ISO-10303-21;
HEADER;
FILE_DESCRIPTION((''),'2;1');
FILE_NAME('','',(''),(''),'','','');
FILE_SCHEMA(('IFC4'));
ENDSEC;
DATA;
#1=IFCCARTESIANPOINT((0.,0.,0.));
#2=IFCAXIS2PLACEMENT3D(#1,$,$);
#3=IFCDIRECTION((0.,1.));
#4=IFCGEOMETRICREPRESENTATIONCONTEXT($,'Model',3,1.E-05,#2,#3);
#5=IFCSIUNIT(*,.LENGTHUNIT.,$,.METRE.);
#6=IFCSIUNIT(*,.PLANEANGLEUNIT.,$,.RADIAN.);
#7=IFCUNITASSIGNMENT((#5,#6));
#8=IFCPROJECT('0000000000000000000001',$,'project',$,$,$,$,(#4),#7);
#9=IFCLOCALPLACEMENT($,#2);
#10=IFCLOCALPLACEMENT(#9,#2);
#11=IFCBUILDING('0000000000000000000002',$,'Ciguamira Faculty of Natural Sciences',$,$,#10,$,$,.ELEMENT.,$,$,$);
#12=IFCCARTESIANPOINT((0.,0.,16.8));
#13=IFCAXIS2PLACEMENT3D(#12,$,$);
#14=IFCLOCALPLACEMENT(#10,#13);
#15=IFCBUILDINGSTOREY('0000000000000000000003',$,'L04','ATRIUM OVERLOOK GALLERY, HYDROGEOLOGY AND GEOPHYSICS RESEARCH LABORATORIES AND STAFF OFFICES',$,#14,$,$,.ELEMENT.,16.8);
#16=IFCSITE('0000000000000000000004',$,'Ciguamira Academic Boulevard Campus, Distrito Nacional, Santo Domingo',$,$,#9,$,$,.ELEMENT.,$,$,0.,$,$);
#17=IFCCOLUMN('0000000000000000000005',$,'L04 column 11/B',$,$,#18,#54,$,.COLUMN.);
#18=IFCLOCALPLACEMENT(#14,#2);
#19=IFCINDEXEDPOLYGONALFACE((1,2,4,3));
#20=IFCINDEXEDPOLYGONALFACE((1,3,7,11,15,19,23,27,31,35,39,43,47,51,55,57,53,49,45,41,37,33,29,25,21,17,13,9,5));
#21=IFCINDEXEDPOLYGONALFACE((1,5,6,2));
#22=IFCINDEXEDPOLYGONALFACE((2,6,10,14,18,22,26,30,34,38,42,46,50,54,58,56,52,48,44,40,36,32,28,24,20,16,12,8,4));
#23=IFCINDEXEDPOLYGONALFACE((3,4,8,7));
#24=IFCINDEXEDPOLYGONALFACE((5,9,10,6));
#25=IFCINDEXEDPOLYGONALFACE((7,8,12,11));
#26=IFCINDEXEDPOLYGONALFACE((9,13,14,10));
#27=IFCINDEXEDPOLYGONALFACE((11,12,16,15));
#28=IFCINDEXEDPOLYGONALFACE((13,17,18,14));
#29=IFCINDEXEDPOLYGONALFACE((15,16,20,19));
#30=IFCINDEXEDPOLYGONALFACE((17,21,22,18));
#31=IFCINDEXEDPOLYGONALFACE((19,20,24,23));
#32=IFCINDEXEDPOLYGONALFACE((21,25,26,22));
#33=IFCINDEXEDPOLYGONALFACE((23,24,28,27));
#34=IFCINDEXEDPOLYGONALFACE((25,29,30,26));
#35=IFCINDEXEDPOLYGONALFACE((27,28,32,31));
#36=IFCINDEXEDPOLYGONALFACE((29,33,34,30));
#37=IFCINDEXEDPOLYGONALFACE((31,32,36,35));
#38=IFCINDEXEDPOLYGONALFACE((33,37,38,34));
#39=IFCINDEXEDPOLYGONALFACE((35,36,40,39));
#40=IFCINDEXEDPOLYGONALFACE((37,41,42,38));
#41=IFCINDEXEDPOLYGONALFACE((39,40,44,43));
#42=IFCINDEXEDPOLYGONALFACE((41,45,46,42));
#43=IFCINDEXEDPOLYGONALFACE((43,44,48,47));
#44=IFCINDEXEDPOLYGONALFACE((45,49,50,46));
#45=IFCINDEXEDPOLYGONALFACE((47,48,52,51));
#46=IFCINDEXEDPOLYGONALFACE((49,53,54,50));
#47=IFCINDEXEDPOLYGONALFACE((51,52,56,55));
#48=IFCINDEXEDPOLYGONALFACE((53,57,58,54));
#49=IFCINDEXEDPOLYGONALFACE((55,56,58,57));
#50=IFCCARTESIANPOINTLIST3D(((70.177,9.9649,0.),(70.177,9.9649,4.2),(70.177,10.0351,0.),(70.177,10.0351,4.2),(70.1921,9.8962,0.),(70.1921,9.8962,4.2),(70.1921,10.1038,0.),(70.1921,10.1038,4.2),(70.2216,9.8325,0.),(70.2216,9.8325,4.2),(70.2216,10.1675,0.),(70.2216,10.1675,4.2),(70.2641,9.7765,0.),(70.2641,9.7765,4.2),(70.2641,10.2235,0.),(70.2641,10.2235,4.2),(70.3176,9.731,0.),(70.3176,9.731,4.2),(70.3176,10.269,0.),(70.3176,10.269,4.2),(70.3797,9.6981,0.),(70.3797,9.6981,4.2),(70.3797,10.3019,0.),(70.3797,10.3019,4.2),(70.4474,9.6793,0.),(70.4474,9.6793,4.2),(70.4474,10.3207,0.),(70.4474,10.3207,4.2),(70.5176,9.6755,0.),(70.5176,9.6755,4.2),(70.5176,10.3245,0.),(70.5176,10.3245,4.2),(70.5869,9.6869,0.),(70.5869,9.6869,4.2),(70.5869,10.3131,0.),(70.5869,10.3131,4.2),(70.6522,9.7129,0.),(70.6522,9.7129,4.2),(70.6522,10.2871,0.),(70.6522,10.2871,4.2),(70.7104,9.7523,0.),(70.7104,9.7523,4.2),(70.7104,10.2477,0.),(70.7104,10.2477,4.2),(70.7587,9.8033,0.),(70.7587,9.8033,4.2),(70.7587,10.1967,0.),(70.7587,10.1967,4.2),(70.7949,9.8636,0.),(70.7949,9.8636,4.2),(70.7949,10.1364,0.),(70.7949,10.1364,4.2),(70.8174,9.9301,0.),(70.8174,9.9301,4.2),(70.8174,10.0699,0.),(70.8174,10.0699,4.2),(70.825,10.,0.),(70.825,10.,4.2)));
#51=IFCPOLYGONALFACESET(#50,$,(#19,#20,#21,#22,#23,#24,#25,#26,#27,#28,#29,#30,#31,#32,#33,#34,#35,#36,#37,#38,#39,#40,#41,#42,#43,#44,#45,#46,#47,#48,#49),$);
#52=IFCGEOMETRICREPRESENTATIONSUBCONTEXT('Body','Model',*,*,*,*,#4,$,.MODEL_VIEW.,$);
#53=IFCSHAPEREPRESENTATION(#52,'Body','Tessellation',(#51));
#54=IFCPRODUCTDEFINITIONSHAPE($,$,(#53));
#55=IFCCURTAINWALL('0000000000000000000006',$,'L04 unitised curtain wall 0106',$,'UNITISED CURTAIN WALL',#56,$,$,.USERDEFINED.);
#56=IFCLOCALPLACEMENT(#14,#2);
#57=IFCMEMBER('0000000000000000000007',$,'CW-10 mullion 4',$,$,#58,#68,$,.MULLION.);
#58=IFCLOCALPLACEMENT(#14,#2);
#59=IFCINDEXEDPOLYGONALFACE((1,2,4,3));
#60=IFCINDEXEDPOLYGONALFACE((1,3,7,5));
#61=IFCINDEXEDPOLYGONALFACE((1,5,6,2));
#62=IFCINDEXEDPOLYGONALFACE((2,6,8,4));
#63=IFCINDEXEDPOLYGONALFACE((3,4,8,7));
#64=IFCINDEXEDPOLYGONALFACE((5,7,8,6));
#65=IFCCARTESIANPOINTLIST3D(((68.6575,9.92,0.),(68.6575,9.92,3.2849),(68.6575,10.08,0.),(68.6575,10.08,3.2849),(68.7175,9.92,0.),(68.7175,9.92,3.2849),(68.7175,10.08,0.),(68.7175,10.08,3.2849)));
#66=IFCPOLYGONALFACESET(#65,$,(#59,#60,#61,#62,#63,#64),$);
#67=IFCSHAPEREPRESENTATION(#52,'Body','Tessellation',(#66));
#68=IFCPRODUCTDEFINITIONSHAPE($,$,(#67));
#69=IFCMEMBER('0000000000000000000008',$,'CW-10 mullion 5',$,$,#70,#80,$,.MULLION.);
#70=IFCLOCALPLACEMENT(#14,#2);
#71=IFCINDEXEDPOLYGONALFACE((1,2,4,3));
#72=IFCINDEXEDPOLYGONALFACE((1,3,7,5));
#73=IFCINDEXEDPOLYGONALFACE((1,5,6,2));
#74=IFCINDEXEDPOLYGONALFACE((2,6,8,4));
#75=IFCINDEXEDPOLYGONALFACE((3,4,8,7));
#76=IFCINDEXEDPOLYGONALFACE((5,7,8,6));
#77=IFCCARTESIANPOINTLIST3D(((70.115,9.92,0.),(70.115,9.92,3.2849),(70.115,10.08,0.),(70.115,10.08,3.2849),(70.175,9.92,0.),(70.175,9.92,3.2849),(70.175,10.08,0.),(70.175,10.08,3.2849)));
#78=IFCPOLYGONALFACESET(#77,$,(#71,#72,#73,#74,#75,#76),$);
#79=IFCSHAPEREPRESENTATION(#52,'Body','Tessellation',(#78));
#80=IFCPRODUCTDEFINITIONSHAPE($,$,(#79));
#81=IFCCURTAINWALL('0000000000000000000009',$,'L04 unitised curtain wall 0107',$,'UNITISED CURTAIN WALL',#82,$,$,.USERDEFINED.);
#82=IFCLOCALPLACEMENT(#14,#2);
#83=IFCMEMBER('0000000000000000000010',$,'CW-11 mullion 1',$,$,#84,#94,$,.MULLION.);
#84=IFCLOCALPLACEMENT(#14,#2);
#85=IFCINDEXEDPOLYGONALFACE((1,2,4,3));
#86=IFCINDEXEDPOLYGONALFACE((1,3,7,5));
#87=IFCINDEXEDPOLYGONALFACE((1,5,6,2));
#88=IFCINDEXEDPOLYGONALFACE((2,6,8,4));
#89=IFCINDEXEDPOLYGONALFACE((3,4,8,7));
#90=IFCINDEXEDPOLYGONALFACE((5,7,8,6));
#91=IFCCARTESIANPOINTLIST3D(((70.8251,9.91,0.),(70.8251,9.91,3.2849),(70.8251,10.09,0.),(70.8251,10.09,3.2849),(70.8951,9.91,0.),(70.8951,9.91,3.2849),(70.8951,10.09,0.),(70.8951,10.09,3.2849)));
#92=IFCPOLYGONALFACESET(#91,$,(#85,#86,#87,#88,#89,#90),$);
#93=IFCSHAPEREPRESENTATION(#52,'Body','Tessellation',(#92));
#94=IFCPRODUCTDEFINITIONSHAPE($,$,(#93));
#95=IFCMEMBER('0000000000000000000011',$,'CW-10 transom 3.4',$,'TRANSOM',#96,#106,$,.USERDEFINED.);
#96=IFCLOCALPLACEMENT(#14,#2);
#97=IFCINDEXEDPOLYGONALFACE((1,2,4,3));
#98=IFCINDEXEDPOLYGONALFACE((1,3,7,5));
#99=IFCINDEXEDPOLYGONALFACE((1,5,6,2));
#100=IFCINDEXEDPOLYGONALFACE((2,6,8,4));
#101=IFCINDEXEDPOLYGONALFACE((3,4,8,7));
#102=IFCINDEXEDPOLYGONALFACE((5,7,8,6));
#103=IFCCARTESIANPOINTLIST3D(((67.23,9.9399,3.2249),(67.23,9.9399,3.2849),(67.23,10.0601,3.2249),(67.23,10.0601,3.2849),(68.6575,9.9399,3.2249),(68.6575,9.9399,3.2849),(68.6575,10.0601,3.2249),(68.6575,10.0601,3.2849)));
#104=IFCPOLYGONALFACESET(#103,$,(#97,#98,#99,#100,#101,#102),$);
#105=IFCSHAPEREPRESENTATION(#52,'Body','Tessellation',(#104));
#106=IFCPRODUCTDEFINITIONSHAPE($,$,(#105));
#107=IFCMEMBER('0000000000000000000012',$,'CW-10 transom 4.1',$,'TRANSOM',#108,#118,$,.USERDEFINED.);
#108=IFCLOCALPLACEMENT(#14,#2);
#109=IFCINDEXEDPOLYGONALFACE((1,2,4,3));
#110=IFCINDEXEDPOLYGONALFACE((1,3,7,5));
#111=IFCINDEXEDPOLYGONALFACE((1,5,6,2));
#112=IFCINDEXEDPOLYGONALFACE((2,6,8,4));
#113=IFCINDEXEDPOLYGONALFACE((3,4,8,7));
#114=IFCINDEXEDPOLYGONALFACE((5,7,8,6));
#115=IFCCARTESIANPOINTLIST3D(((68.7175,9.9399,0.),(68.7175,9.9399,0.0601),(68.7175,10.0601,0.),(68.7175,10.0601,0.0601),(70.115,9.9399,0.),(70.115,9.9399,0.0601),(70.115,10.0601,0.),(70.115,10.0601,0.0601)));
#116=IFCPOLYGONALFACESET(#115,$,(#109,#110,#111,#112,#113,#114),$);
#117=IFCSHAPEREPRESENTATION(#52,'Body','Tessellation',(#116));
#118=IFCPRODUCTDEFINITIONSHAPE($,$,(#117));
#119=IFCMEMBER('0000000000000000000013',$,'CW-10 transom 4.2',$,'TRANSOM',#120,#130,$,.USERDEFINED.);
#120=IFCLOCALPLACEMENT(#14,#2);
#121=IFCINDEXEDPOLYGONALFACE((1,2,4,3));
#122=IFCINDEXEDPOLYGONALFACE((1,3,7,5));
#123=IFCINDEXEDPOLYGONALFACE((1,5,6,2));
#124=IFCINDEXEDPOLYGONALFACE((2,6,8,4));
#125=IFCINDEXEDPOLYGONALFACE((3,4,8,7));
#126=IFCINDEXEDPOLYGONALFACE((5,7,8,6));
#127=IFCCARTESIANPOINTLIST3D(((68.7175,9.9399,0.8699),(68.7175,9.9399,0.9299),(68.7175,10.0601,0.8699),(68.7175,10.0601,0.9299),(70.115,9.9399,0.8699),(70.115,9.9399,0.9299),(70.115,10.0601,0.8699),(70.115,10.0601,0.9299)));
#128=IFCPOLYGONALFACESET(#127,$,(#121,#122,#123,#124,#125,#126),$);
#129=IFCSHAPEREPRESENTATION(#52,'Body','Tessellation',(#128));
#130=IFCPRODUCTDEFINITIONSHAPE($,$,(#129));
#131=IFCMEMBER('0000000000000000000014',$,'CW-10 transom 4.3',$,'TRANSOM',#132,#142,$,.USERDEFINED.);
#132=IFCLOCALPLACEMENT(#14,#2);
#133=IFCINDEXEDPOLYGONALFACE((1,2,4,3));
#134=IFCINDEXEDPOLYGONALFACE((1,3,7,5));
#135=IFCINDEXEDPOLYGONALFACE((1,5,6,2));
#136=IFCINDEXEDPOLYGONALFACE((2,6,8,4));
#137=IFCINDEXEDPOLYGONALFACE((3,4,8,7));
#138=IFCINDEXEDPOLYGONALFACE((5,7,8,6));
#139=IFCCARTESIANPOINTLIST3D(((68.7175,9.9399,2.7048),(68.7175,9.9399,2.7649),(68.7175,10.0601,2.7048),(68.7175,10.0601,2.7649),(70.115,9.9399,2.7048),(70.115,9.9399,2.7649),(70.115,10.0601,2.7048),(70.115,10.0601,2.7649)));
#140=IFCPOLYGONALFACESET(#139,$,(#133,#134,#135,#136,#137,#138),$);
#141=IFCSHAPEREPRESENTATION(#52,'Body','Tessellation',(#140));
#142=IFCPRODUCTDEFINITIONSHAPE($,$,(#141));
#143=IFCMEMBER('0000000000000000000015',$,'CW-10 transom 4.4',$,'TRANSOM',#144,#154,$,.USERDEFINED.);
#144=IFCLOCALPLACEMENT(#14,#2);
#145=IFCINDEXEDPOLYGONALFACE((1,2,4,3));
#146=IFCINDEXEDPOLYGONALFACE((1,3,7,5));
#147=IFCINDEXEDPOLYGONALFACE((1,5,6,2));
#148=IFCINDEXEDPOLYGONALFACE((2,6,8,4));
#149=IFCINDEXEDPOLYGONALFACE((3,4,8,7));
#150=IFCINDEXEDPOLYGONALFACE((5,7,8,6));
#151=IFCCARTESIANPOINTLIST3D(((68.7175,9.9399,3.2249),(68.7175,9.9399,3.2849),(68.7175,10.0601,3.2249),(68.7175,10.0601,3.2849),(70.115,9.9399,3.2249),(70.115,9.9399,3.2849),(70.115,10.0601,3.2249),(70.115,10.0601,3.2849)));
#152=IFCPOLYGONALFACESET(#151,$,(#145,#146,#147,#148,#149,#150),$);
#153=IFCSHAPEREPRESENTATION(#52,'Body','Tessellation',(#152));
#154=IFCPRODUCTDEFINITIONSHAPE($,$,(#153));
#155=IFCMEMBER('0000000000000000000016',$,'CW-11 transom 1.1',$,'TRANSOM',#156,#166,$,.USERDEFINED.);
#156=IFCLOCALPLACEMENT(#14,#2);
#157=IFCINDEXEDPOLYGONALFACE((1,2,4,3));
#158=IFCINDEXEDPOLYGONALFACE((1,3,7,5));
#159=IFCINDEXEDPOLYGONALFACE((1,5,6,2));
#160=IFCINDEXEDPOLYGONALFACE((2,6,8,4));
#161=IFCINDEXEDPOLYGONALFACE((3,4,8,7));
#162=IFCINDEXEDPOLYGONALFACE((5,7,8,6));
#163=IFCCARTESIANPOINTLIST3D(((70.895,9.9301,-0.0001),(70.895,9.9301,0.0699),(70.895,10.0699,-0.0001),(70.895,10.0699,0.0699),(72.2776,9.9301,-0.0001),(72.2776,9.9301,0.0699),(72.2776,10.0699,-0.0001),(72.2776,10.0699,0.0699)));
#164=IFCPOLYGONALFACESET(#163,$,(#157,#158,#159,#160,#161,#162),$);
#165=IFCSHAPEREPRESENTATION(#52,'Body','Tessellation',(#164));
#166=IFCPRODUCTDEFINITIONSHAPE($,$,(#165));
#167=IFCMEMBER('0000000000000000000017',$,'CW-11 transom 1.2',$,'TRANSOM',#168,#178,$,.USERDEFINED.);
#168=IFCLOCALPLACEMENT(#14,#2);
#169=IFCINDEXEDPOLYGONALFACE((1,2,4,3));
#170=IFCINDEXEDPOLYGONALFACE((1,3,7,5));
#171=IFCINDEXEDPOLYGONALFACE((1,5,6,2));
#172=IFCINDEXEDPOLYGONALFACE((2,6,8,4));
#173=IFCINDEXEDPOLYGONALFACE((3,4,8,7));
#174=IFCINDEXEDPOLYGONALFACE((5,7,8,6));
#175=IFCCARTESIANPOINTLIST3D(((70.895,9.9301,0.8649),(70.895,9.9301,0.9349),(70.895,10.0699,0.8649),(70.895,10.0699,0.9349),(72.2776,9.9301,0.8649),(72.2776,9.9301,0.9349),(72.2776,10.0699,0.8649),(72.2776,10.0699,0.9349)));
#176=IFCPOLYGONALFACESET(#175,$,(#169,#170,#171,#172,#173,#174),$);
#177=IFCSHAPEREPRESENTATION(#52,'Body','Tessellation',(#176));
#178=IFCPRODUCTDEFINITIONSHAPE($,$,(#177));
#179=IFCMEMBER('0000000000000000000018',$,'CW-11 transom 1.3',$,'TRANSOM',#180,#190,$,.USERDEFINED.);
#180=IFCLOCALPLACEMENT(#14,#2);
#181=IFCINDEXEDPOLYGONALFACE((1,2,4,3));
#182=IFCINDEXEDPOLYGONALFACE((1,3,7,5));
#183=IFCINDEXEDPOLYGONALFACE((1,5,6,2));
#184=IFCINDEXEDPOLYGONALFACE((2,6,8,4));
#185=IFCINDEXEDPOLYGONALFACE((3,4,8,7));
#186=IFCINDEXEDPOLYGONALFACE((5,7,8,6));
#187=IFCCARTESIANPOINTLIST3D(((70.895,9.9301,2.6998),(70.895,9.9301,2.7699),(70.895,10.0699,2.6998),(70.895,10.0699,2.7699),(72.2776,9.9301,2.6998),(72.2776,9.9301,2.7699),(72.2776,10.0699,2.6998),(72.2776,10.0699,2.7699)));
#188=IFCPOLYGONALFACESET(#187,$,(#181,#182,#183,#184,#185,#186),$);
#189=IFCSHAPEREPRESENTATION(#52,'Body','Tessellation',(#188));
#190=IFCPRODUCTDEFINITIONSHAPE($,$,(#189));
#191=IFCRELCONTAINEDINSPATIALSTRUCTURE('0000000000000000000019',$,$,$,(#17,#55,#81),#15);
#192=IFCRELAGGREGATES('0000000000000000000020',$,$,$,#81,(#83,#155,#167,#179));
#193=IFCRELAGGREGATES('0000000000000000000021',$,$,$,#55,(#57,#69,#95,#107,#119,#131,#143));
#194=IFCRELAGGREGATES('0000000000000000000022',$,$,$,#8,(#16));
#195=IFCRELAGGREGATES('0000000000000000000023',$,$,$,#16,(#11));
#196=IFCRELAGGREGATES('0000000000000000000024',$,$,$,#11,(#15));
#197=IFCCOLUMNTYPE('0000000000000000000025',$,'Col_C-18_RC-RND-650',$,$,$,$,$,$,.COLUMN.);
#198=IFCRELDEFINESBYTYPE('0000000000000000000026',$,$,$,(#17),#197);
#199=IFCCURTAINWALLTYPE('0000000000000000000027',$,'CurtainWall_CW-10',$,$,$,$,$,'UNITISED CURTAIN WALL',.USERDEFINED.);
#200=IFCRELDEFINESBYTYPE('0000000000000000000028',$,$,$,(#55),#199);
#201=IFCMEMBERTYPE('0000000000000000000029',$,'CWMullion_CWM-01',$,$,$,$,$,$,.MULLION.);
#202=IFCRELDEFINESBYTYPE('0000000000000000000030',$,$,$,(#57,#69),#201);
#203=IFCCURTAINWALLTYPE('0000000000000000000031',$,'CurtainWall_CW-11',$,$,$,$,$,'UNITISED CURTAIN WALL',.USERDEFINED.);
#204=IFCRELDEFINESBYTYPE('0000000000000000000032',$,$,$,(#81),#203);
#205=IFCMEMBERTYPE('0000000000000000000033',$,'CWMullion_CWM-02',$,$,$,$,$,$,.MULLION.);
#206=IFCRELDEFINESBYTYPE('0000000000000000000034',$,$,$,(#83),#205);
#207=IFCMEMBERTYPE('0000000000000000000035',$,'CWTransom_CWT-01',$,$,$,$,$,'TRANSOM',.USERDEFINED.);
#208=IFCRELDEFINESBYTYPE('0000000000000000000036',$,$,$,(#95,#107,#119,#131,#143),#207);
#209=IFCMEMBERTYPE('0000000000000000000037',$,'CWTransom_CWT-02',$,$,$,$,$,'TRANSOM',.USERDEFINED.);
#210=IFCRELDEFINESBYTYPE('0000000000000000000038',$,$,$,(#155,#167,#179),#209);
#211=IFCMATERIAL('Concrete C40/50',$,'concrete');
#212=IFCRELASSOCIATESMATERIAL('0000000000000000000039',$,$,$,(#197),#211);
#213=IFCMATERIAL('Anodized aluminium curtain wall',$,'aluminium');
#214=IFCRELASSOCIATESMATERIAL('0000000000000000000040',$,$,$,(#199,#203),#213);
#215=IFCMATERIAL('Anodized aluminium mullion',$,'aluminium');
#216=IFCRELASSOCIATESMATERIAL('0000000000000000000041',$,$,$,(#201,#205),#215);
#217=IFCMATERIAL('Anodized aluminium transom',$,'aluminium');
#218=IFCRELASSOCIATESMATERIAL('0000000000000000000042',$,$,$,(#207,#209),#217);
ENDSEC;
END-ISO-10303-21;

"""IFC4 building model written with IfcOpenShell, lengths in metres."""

from ifc_helpers import new_model, si_unit, direction, frame, origin, origin_2d, place, context, subcontext, project, spatial, rectangle, circle, extrude, material, material_profile, profile_set, type_object, element, aggregate, save


model = new_model("IFC4")

# Units and contexts
model_context = context("Model", 3, precision=1e-05, world=origin(), true_north=direction((0.0, 1.0)))
body_context = subcontext(model_context, "Body", "Model", "MODEL_VIEW")
ifc_project = project(units=[si_unit("LENGTHUNIT", "METRE"), si_unit("PLANEANGLEUNIT", "RADIAN")], contexts=[model_context])

# Site, building, storey
site_placement = place(None, origin())
site = spatial("IfcSite", under=ifc_project, at=site_placement, Name="Ciguamira Academic Boulevard Campus, Distrito Nacional, Santo Domingo", CompositionType="ELEMENT", RefElevation=0.0)
building_placement = place(site_placement, origin())
building = spatial("IfcBuilding", under=site, at=building_placement, Name="Ciguamira Faculty of Natural Sciences", CompositionType="ELEMENT")
storey_placement = place(building_placement, frame((0.0, 0.0, 16.8)))
storey = spatial("IfcBuildingStorey", under=building, at=storey_placement, Name="L04", Description="ATRIUM OVERLOOK GALLERY, HYDROGEOLOGY AND GEOPHYSICS RESEARCH LABORATORIES AND STAFF OFFICES", CompositionType="ELEMENT", Elevation=16.8)

# Column
ifc_material_1 = material(Name="Concrete C40/50", Category="concrete")
ifc_material_profile_1 = material_profile(ifc_material_1, circle(Radius=0.325, at=origin_2d()), Name="RC-RND-650")
ifc_profile_set_1 = profile_set([ifc_material_profile_1], Name="Concrete C40/50")
column_type = type_object("IfcColumnType", Name="Col_C-18_RC-RND-650", PredefinedType="COLUMN", material=ifc_profile_set_1)
column_placement = place(storey_placement, frame((70.5, 10.0, 0.0), z_axis=(0.0, 0.0, 1.0), x_axis=(1.0, 0.0, 0.0)))
element("IfcColumn", 1, at=column_placement, inside=storey, type_object=column_type, Name="L04 column 11/B", PredefinedType="COLUMN", context=body_context, shape_type="SweptSolid", body=[
    extrude(circle(Radius=0.325, at=origin_2d()), origin(), (0.0, 0.0, 1.0), 4.2),
])

# Curtain wall, members
ifc_material_2 = material(Name="Anodized aluminium curtain wall", Category="aluminium")
curtain_wall_type_1 = type_object("IfcCurtainWallType", Name="CurtainWall_CW-10", ElementType="UNITISED CURTAIN WALL", PredefinedType="USERDEFINED", material=ifc_material_2)
curtain_wall_1_placement = place(storey_placement, origin())
curtain_wall_1 = element("IfcCurtainWall", 2, at=curtain_wall_1_placement, inside=storey, type_object=curtain_wall_type_1, Name="L04 unitised curtain wall 0106", ObjectType="UNITISED CURTAIN WALL", PredefinedType="USERDEFINED")
ifc_material_3 = material(Name="Anodized aluminium mullion", Category="aluminium")
ifc_material_profile_2 = material_profile(ifc_material_3, rectangle(XDim=0.0601, YDim=0.1599, at=origin_2d()), Name="ALU-MUL-60X160")
ifc_profile_set_2 = profile_set([ifc_material_profile_2], Name="Anodized aluminium mullion")
member_type_1 = type_object("IfcMemberType", Name="CWMullion_CWM-01", PredefinedType="MULLION", material=ifc_profile_set_2)
member_1_placement = place(storey_placement, frame((68.6875, 10.0, 0.0), z_axis=(0.0, 0.0, 1.0), x_axis=(1.0, 0.0, 0.0)))
member_1 = element("IfcMember", 3, at=member_1_placement, type_object=member_type_1, Name="CW-10 mullion 4", PredefinedType="MULLION", context=body_context, shape_type="SweptSolid", body=[
    extrude(rectangle(XDim=0.0601, YDim=0.1599, at=origin_2d()), origin(), (0.0, 0.0, 1.0), 3.2849),
])
member_2_placement = place(storey_placement, frame((70.145, 10.0, 0.0), z_axis=(0.0, 0.0, 1.0), x_axis=(1.0, 0.0, 0.0)))
member_2 = element("IfcMember", 4, at=member_2_placement, type_object=member_type_1, Name="CW-10 mullion 5", PredefinedType="MULLION", context=body_context, shape_type="SweptSolid", body=[
    extrude(rectangle(XDim=0.0601, YDim=0.1599, at=origin_2d()), origin(), (0.0, 0.0, 1.0), 3.2849),
])

# Curtain wall, member
curtain_wall_type_2 = type_object("IfcCurtainWallType", Name="CurtainWall_CW-11", ElementType="UNITISED CURTAIN WALL", PredefinedType="USERDEFINED", material=ifc_material_2)
curtain_wall_2_placement = place(storey_placement, origin())
curtain_wall_2 = element("IfcCurtainWall", 5, at=curtain_wall_2_placement, inside=storey, type_object=curtain_wall_type_2, Name="L04 unitised curtain wall 0107", ObjectType="UNITISED CURTAIN WALL", PredefinedType="USERDEFINED")
ifc_material_profile_3 = material_profile(ifc_material_3, rectangle(XDim=0.0701, YDim=0.1799, at=origin_2d()), Name="ALU-MUL-70X180")
ifc_profile_set_3 = profile_set([ifc_material_profile_3], Name="Anodized aluminium mullion")
member_type_2 = type_object("IfcMemberType", Name="CWMullion_CWM-02", PredefinedType="MULLION", material=ifc_profile_set_3)
member_3_placement = place(storey_placement, frame((70.8601, 10.0, 0.0), z_axis=(0.0, 0.0, 1.0), x_axis=(1.0, 0.0, 0.0)))
member_3 = element("IfcMember", 6, at=member_3_placement, type_object=member_type_2, Name="CW-11 mullion 1", PredefinedType="MULLION", context=body_context, shape_type="SweptSolid", body=[
    extrude(rectangle(XDim=0.0701, YDim=0.1799, at=origin_2d()), origin(), (0.0, 0.0, 1.0), 3.2849),
])

# Members
ifc_material_4 = material(Name="Anodized aluminium transom", Category="aluminium")
ifc_material_profile_4 = material_profile(ifc_material_4, rectangle(XDim=0.0601, YDim=0.1201, at=origin_2d()), Name="ALU-TRN-60X120")
ifc_profile_set_4 = profile_set([ifc_material_profile_4], Name="Anodized aluminium transom")
member_type_3 = type_object("IfcMemberType", Name="CWTransom_CWT-01", ElementType="TRANSOM", PredefinedType="USERDEFINED", material=ifc_profile_set_4)
member_4_placement = place(storey_placement, frame((67.23, 10.0, 3.2549), z_axis=(1.0, 0.0, 0.0), x_axis=(0.0, 0.0, 1.0)))
member_4 = element("IfcMember", 7, at=member_4_placement, type_object=member_type_3, Name="CW-10 transom 3.4", ObjectType="TRANSOM", PredefinedType="USERDEFINED", context=body_context, shape_type="SweptSolid", body=[
    extrude(rectangle(XDim=0.0601, YDim=0.1201, at=origin_2d()), origin(), (0.0, 0.0, 1.0), 1.4275),
])
member_5_placement = place(storey_placement, frame((68.7175, 10.0, 0.03), z_axis=(1.0, 0.0, 0.0), x_axis=(0.0, 0.0, 1.0)))
member_5 = element("IfcMember", 8, at=member_5_placement, type_object=member_type_3, Name="CW-10 transom 4.1", ObjectType="TRANSOM", PredefinedType="USERDEFINED", context=body_context, shape_type="SweptSolid", body=[
    extrude(rectangle(XDim=0.0601, YDim=0.1201, at=origin_2d()), origin(), (0.0, 0.0, 1.0), 1.3975),
])
member_6_placement = place(storey_placement, frame((68.7175, 10.0, 0.8999), z_axis=(1.0, 0.0, 0.0), x_axis=(0.0, 0.0, 1.0)))
member_6 = element("IfcMember", 9, at=member_6_placement, type_object=member_type_3, Name="CW-10 transom 4.2", ObjectType="TRANSOM", PredefinedType="USERDEFINED", context=body_context, shape_type="SweptSolid", body=[
    extrude(rectangle(XDim=0.0601, YDim=0.1201, at=origin_2d()), origin(), (0.0, 0.0, 1.0), 1.3975),
])
member_7_placement = place(storey_placement, frame((68.7175, 10.0, 2.7349), z_axis=(1.0, 0.0, 0.0), x_axis=(0.0, 0.0, 1.0)))
member_7 = element("IfcMember", 10, at=member_7_placement, type_object=member_type_3, Name="CW-10 transom 4.3", ObjectType="TRANSOM", PredefinedType="USERDEFINED", context=body_context, shape_type="SweptSolid", body=[
    extrude(rectangle(XDim=0.0601, YDim=0.1201, at=origin_2d()), origin(), (0.0, 0.0, 1.0), 1.3975),
])
member_8_placement = place(storey_placement, frame((68.7175, 10.0, 3.2549), z_axis=(1.0, 0.0, 0.0), x_axis=(0.0, 0.0, 1.0)))
member_8 = element("IfcMember", 11, at=member_8_placement, type_object=member_type_3, Name="CW-10 transom 4.4", ObjectType="TRANSOM", PredefinedType="USERDEFINED", context=body_context, shape_type="SweptSolid", body=[
    extrude(rectangle(XDim=0.0601, YDim=0.1201, at=origin_2d()), origin(), (0.0, 0.0, 1.0), 1.3975),
])
ifc_material_profile_5 = material_profile(ifc_material_4, rectangle(XDim=0.0701, YDim=0.1399, at=origin_2d()), Name="ALU-TRN-70X140")
ifc_profile_set_5 = profile_set([ifc_material_profile_5], Name="Anodized aluminium transom")
member_type_4 = type_object("IfcMemberType", Name="CWTransom_CWT-02", ElementType="TRANSOM", PredefinedType="USERDEFINED", material=ifc_profile_set_5)
member_9_placement = place(storey_placement, frame((70.895, 10.0, 0.0349), z_axis=(1.0, 0.0, 0.0), x_axis=(0.0, 0.0, 1.0)))
member_9 = element("IfcMember", 12, at=member_9_placement, type_object=member_type_4, Name="CW-11 transom 1.1", ObjectType="TRANSOM", PredefinedType="USERDEFINED", context=body_context, shape_type="SweptSolid", body=[
    extrude(rectangle(XDim=0.0701, YDim=0.1399, at=origin_2d()), origin(), (0.0, 0.0, 1.0), 1.3826),
])
member_10_placement = place(storey_placement, frame((70.895, 10.0, 0.8999), z_axis=(1.0, 0.0, 0.0), x_axis=(0.0, 0.0, 1.0)))
member_10 = element("IfcMember", 13, at=member_10_placement, type_object=member_type_4, Name="CW-11 transom 1.2", ObjectType="TRANSOM", PredefinedType="USERDEFINED", context=body_context, shape_type="SweptSolid", body=[
    extrude(rectangle(XDim=0.0701, YDim=0.1399, at=origin_2d()), origin(), (0.0, 0.0, 1.0), 1.3826),
])
member_11_placement = place(storey_placement, frame((70.895, 10.0, 2.7349), z_axis=(1.0, 0.0, 0.0), x_axis=(0.0, 0.0, 1.0)))
member_11 = element("IfcMember", 14, at=member_11_placement, type_object=member_type_4, Name="CW-11 transom 1.3", ObjectType="TRANSOM", PredefinedType="USERDEFINED", context=body_context, shape_type="SweptSolid", body=[
    extrude(rectangle(XDim=0.0701, YDim=0.1399, at=origin_2d()), origin(), (0.0, 0.0, 1.0), 1.3826),
])

aggregate(curtain_wall_2, [member_3, member_9, member_10, member_11])
aggregate(curtain_wall_1, [member_1, member_2, member_4, member_5, member_6, member_7, member_8])

save(model, "model.ifc")
